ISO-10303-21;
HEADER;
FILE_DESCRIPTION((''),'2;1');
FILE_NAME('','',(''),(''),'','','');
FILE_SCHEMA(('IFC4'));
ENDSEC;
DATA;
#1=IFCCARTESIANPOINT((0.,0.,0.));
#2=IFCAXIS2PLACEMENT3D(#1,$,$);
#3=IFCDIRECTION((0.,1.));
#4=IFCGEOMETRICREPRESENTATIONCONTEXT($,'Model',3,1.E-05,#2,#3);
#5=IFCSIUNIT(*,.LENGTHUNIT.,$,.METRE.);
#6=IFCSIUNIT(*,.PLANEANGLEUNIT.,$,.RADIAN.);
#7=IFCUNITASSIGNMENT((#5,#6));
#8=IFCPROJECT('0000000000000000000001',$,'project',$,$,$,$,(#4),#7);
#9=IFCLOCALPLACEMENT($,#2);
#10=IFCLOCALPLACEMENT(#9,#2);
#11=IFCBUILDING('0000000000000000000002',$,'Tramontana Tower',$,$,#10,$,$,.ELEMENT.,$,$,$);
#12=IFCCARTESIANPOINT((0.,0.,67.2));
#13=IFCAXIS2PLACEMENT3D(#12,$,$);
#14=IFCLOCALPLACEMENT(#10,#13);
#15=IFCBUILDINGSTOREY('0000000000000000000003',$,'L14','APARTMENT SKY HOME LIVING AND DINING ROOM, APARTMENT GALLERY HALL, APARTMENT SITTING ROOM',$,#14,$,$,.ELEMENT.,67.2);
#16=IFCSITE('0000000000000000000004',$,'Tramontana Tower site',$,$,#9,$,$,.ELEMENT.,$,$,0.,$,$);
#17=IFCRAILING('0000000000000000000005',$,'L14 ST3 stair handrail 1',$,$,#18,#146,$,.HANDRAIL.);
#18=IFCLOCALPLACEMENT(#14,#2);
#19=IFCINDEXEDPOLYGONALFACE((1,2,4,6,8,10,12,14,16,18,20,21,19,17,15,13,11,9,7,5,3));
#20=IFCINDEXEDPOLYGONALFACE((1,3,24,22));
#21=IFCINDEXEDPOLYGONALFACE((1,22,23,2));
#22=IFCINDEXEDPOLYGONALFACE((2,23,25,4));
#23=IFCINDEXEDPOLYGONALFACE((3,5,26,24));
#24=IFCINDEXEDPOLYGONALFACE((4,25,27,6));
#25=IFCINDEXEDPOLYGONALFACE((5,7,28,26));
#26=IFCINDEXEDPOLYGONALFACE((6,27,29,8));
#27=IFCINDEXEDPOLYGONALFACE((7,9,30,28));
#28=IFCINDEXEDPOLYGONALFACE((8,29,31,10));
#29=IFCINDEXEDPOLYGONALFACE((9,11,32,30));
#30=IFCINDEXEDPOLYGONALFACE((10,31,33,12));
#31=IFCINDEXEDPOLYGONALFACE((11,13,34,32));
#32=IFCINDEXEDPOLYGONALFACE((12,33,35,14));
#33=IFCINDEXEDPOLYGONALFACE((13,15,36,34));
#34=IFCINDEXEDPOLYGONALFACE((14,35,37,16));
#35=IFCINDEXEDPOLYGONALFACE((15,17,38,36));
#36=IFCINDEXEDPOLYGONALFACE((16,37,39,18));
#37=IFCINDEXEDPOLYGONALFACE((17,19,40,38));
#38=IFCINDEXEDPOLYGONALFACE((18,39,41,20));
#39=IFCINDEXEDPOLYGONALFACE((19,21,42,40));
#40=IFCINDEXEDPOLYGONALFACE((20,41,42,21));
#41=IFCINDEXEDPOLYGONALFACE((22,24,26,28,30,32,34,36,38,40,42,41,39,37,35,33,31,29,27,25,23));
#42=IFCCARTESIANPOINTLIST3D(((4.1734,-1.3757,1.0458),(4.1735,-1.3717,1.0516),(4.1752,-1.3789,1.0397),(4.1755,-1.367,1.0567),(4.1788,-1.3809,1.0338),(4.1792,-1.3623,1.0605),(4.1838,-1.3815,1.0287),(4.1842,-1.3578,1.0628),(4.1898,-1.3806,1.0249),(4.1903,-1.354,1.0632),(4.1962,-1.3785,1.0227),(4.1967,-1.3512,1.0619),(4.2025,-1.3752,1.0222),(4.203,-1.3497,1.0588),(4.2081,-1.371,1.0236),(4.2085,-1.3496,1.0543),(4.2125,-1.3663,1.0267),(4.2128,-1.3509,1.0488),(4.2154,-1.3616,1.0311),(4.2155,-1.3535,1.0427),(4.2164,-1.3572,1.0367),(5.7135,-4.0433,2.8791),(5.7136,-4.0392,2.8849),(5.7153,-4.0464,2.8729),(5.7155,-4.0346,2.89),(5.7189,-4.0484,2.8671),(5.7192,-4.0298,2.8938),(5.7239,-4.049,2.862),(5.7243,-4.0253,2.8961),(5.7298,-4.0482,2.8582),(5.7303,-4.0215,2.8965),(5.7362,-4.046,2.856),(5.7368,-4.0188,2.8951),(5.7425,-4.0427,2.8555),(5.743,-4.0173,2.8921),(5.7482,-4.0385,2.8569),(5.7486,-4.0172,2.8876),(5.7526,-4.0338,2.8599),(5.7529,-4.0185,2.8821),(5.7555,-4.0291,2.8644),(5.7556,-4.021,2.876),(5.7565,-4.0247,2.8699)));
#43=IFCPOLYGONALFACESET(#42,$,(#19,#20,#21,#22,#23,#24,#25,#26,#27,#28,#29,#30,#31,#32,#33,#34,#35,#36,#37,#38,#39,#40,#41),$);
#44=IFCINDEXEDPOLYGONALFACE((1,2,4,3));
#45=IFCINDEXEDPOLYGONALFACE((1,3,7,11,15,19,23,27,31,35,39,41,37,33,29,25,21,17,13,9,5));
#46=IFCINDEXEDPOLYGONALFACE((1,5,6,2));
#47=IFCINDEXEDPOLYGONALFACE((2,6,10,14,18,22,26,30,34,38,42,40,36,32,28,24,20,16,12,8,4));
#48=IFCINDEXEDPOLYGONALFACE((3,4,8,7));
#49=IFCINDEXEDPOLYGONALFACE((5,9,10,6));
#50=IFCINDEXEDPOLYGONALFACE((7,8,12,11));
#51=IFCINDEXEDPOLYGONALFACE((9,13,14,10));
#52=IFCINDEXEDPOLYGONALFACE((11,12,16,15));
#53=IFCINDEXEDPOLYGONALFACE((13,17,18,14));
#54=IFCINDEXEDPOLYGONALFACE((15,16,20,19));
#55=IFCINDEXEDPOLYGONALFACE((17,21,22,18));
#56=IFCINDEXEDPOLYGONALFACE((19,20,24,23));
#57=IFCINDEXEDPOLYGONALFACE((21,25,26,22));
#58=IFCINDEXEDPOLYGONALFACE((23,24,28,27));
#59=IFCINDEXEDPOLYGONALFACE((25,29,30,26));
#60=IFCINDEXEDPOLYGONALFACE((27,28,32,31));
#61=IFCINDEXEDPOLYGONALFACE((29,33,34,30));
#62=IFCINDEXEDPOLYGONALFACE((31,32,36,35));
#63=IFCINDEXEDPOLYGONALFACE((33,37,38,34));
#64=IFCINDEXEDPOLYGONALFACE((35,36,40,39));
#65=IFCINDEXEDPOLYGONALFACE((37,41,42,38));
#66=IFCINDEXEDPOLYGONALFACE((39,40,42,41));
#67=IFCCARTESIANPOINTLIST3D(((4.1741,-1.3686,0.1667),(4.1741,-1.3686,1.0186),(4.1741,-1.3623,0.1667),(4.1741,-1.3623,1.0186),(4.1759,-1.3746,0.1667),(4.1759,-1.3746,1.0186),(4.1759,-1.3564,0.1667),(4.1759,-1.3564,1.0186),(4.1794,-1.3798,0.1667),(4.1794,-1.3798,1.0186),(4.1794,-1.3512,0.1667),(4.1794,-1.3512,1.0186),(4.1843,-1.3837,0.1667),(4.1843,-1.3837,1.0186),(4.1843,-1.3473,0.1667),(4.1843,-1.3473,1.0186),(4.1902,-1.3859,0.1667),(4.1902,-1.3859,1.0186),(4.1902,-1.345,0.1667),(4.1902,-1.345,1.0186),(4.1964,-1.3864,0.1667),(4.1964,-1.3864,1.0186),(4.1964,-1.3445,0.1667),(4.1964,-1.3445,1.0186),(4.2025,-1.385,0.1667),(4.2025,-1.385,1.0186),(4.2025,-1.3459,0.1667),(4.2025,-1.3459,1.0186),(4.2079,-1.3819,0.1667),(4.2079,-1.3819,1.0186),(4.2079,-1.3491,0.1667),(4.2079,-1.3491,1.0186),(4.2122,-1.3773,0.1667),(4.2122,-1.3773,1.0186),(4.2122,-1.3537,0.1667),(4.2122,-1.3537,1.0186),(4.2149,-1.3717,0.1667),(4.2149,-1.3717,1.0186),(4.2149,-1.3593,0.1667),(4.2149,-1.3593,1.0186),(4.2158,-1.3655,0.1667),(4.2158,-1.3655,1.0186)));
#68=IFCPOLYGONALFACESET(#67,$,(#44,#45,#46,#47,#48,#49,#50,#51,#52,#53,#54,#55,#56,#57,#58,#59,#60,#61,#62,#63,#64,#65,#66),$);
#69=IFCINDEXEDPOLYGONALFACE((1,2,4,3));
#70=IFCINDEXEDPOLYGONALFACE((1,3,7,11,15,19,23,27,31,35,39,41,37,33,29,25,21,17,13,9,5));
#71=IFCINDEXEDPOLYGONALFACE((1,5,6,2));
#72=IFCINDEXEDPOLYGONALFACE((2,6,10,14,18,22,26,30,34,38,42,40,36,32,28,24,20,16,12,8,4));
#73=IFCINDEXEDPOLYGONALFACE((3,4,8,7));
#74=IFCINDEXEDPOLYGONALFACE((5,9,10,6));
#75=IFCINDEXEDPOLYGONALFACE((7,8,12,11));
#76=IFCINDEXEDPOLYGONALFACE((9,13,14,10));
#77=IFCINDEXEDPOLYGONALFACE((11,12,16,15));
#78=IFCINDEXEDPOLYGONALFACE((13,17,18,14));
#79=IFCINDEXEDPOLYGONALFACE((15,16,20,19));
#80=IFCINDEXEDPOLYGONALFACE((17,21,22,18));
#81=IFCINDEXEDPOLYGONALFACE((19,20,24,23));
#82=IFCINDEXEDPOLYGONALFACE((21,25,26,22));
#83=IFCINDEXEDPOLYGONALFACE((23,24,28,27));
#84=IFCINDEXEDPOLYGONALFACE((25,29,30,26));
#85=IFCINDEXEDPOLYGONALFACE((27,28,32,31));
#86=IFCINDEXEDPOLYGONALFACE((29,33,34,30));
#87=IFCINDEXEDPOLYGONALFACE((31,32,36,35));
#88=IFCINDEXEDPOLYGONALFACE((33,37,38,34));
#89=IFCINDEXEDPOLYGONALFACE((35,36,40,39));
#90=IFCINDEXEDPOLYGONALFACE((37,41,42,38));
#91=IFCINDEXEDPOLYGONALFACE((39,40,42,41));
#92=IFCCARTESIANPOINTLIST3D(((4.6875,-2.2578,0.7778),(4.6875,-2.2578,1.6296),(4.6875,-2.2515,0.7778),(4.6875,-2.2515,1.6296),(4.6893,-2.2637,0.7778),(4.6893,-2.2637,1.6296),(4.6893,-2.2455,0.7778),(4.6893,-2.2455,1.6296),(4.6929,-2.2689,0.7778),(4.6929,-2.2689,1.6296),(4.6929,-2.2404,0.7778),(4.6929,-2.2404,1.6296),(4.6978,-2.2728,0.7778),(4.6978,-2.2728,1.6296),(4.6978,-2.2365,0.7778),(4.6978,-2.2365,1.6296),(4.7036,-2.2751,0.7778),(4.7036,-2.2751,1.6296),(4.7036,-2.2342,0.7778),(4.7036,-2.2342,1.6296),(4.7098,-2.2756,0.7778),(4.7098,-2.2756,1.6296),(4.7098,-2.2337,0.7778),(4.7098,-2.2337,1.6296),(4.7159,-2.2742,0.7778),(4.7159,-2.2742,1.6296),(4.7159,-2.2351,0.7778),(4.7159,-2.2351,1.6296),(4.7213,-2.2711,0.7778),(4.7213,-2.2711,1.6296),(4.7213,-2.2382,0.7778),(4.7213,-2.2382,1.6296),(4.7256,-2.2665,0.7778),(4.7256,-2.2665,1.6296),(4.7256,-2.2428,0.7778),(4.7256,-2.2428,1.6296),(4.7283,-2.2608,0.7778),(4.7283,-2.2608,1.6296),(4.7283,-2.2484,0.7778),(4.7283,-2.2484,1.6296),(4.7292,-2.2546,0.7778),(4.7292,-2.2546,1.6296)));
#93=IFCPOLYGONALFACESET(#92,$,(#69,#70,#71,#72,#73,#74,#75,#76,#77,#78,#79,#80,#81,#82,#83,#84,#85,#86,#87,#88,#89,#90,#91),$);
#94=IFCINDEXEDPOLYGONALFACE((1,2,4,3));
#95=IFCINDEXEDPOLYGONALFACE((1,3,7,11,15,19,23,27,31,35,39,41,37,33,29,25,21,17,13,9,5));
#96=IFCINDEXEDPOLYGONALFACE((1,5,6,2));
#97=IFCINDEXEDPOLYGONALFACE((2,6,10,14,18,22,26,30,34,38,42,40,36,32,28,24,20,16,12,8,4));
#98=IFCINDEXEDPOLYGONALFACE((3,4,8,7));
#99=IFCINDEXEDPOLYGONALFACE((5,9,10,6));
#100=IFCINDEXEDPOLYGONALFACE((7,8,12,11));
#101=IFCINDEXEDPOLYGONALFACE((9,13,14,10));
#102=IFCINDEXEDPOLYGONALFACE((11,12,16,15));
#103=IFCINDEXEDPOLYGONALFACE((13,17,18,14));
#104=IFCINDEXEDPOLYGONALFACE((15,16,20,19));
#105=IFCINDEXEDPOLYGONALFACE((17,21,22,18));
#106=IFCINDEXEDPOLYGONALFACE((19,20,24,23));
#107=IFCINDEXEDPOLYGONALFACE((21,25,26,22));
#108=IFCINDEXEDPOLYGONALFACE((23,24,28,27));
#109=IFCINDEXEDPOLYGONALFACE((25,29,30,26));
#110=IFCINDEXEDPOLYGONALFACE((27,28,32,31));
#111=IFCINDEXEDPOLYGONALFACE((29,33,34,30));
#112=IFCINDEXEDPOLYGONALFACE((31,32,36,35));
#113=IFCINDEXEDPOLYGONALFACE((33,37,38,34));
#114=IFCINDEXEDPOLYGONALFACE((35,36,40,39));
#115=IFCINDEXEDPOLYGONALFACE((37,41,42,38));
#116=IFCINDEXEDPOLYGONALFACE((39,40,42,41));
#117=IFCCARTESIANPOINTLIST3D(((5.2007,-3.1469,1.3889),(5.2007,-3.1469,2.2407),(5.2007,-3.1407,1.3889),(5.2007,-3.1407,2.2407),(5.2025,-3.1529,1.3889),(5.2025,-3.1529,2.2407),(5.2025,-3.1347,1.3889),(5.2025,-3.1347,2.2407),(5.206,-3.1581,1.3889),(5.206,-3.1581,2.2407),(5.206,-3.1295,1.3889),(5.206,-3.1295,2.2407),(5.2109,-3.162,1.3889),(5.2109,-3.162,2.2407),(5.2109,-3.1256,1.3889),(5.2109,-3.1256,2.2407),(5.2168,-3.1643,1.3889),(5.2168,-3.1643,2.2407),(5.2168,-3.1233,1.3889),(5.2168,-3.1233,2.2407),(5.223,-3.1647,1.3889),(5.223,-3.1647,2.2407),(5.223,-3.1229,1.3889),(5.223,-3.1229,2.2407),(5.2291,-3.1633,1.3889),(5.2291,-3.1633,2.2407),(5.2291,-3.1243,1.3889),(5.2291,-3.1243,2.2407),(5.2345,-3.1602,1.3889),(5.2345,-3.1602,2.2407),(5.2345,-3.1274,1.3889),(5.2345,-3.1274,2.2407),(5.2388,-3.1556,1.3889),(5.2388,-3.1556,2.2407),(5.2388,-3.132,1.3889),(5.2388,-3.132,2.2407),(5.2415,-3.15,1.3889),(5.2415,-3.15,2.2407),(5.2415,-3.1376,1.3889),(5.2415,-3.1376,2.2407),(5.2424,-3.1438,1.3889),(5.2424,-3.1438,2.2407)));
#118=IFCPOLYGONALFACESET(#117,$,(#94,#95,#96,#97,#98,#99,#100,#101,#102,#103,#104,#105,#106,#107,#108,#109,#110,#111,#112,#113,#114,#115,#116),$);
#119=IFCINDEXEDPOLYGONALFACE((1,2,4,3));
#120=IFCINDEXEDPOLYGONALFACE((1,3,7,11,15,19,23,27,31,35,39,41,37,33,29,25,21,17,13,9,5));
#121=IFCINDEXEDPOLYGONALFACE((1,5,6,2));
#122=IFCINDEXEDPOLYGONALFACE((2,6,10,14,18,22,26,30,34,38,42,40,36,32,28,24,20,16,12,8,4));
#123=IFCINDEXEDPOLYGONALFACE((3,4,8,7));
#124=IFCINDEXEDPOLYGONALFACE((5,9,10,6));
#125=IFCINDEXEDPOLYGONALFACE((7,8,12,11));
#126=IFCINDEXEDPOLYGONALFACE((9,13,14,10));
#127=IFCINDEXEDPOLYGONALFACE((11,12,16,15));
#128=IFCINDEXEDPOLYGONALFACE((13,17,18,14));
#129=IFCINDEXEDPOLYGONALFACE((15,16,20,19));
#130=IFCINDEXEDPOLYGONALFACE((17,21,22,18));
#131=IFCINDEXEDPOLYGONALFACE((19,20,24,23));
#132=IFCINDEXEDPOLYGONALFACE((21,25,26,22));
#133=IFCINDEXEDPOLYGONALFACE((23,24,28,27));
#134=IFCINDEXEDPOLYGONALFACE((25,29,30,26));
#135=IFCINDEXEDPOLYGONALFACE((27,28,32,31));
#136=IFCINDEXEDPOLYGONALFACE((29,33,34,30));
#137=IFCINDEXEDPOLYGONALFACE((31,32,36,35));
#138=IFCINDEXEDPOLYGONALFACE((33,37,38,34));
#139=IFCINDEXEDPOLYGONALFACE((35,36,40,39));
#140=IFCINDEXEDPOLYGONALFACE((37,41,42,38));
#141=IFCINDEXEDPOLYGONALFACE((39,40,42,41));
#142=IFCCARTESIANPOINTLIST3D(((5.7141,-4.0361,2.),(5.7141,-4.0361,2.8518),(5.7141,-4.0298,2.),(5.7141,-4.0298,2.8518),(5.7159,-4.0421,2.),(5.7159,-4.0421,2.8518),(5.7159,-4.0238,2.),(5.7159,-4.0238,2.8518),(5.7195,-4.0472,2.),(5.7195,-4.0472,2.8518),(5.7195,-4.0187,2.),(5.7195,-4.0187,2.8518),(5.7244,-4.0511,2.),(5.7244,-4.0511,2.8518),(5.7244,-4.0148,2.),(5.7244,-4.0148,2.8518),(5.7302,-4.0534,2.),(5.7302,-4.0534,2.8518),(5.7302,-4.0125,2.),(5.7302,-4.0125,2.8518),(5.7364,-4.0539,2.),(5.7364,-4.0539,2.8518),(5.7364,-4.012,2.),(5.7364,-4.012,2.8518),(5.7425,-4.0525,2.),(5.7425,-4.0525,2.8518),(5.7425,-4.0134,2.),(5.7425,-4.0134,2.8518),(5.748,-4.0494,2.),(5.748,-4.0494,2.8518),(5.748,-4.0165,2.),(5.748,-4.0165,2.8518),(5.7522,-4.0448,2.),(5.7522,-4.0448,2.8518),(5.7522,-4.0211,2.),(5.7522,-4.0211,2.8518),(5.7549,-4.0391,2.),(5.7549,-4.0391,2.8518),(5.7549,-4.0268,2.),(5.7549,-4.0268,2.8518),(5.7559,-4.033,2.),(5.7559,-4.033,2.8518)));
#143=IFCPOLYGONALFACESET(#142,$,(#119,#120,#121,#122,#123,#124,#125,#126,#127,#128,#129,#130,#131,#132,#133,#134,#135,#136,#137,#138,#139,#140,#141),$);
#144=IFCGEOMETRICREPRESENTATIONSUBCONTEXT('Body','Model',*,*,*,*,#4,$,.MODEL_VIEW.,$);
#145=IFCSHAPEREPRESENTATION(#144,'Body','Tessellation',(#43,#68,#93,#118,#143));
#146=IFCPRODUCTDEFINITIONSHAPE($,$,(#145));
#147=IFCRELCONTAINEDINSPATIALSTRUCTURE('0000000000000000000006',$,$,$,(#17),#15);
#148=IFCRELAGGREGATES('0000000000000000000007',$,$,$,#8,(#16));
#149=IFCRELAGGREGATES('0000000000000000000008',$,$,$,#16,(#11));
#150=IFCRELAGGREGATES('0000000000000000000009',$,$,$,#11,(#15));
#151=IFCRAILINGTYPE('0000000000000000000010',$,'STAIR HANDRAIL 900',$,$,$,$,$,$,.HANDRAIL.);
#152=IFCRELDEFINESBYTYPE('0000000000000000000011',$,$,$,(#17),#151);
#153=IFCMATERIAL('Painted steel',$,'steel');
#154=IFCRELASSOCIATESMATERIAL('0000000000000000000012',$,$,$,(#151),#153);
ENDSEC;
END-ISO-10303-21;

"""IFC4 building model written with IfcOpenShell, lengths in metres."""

from ifc_helpers import new_model, si_unit, direction, frame, origin, origin_2d, place, context, subcontext, project, spatial, circle, extrude, material, type_object, element, save


model = new_model("IFC4")

# Units and contexts
model_context = context("Model", 3, precision=1e-05, world=origin(), true_north=direction((0.0, 1.0)))
body_context = subcontext(model_context, "Body", "Model", "MODEL_VIEW")
ifc_project = project(units=[si_unit("LENGTHUNIT", "METRE"), si_unit("PLANEANGLEUNIT", "RADIAN")], contexts=[model_context])

# Site, building, storey
site_placement = place(None, origin())
site = spatial("IfcSite", under=ifc_project, at=site_placement, Name="Tramontana Tower site", CompositionType="ELEMENT", RefElevation=0.0)
building_placement = place(site_placement, origin())
building = spatial("IfcBuilding", under=site, at=building_placement, Name="Tramontana Tower", CompositionType="ELEMENT")
storey_placement = place(building_placement, frame((0.0, 0.0, 67.2)))
storey = spatial("IfcBuildingStorey", under=building, at=storey_placement, Name="L14", Description="APARTMENT SKY HOME LIVING AND DINING ROOM, APARTMENT GALLERY HALL, APARTMENT SITTING ROOM", CompositionType="ELEMENT", Elevation=67.2)

# Railing
ifc_material_1 = material(Name="Painted steel", Category="steel")
railing_type_1 = type_object("IfcRailingType", Name="STAIR HANDRAIL 900", PredefinedType="HANDRAIL", material=ifc_material_1)
railing_1_placement = place(storey_placement, frame((4.1948, -1.3655, 0.1667)))
element("IfcRailing", 1, at=railing_1_placement, inside=storey, type_object=railing_type_1, Name="L14 ST3 stair handrail 1", PredefinedType="HANDRAIL", context=body_context, shape_type="SweptSolid", body=[
    extrude(circle(Radius=0.0239, at=origin_2d()), frame((0.0, 0.0, 0.876), z_axis=(0.429649, -0.74419, 0.511452), x_axis=(0.86603, 0.499992, 0.0)), (0.0, 0.0, 1.0), 3.5845),
    extrude(circle(Radius=0.021, at=origin_2d()), origin(), (0.0, 0.0, 1.0), 0.8518),
    extrude(circle(Radius=0.021, at=origin_2d()), frame((0.5134, -0.8892, 0.6111)), (0.0, 0.0, 1.0), 0.8518),
    extrude(circle(Radius=0.021, at=origin_2d()), frame((1.0266, -1.7783, 1.2222)), (0.0, 0.0, 1.0), 0.8518),
    extrude(circle(Radius=0.021, at=origin_2d()), frame((1.54, -2.6675, 1.8333)), (0.0, 0.0, 1.0), 0.8518),
])

save(model, "model.ifc")
